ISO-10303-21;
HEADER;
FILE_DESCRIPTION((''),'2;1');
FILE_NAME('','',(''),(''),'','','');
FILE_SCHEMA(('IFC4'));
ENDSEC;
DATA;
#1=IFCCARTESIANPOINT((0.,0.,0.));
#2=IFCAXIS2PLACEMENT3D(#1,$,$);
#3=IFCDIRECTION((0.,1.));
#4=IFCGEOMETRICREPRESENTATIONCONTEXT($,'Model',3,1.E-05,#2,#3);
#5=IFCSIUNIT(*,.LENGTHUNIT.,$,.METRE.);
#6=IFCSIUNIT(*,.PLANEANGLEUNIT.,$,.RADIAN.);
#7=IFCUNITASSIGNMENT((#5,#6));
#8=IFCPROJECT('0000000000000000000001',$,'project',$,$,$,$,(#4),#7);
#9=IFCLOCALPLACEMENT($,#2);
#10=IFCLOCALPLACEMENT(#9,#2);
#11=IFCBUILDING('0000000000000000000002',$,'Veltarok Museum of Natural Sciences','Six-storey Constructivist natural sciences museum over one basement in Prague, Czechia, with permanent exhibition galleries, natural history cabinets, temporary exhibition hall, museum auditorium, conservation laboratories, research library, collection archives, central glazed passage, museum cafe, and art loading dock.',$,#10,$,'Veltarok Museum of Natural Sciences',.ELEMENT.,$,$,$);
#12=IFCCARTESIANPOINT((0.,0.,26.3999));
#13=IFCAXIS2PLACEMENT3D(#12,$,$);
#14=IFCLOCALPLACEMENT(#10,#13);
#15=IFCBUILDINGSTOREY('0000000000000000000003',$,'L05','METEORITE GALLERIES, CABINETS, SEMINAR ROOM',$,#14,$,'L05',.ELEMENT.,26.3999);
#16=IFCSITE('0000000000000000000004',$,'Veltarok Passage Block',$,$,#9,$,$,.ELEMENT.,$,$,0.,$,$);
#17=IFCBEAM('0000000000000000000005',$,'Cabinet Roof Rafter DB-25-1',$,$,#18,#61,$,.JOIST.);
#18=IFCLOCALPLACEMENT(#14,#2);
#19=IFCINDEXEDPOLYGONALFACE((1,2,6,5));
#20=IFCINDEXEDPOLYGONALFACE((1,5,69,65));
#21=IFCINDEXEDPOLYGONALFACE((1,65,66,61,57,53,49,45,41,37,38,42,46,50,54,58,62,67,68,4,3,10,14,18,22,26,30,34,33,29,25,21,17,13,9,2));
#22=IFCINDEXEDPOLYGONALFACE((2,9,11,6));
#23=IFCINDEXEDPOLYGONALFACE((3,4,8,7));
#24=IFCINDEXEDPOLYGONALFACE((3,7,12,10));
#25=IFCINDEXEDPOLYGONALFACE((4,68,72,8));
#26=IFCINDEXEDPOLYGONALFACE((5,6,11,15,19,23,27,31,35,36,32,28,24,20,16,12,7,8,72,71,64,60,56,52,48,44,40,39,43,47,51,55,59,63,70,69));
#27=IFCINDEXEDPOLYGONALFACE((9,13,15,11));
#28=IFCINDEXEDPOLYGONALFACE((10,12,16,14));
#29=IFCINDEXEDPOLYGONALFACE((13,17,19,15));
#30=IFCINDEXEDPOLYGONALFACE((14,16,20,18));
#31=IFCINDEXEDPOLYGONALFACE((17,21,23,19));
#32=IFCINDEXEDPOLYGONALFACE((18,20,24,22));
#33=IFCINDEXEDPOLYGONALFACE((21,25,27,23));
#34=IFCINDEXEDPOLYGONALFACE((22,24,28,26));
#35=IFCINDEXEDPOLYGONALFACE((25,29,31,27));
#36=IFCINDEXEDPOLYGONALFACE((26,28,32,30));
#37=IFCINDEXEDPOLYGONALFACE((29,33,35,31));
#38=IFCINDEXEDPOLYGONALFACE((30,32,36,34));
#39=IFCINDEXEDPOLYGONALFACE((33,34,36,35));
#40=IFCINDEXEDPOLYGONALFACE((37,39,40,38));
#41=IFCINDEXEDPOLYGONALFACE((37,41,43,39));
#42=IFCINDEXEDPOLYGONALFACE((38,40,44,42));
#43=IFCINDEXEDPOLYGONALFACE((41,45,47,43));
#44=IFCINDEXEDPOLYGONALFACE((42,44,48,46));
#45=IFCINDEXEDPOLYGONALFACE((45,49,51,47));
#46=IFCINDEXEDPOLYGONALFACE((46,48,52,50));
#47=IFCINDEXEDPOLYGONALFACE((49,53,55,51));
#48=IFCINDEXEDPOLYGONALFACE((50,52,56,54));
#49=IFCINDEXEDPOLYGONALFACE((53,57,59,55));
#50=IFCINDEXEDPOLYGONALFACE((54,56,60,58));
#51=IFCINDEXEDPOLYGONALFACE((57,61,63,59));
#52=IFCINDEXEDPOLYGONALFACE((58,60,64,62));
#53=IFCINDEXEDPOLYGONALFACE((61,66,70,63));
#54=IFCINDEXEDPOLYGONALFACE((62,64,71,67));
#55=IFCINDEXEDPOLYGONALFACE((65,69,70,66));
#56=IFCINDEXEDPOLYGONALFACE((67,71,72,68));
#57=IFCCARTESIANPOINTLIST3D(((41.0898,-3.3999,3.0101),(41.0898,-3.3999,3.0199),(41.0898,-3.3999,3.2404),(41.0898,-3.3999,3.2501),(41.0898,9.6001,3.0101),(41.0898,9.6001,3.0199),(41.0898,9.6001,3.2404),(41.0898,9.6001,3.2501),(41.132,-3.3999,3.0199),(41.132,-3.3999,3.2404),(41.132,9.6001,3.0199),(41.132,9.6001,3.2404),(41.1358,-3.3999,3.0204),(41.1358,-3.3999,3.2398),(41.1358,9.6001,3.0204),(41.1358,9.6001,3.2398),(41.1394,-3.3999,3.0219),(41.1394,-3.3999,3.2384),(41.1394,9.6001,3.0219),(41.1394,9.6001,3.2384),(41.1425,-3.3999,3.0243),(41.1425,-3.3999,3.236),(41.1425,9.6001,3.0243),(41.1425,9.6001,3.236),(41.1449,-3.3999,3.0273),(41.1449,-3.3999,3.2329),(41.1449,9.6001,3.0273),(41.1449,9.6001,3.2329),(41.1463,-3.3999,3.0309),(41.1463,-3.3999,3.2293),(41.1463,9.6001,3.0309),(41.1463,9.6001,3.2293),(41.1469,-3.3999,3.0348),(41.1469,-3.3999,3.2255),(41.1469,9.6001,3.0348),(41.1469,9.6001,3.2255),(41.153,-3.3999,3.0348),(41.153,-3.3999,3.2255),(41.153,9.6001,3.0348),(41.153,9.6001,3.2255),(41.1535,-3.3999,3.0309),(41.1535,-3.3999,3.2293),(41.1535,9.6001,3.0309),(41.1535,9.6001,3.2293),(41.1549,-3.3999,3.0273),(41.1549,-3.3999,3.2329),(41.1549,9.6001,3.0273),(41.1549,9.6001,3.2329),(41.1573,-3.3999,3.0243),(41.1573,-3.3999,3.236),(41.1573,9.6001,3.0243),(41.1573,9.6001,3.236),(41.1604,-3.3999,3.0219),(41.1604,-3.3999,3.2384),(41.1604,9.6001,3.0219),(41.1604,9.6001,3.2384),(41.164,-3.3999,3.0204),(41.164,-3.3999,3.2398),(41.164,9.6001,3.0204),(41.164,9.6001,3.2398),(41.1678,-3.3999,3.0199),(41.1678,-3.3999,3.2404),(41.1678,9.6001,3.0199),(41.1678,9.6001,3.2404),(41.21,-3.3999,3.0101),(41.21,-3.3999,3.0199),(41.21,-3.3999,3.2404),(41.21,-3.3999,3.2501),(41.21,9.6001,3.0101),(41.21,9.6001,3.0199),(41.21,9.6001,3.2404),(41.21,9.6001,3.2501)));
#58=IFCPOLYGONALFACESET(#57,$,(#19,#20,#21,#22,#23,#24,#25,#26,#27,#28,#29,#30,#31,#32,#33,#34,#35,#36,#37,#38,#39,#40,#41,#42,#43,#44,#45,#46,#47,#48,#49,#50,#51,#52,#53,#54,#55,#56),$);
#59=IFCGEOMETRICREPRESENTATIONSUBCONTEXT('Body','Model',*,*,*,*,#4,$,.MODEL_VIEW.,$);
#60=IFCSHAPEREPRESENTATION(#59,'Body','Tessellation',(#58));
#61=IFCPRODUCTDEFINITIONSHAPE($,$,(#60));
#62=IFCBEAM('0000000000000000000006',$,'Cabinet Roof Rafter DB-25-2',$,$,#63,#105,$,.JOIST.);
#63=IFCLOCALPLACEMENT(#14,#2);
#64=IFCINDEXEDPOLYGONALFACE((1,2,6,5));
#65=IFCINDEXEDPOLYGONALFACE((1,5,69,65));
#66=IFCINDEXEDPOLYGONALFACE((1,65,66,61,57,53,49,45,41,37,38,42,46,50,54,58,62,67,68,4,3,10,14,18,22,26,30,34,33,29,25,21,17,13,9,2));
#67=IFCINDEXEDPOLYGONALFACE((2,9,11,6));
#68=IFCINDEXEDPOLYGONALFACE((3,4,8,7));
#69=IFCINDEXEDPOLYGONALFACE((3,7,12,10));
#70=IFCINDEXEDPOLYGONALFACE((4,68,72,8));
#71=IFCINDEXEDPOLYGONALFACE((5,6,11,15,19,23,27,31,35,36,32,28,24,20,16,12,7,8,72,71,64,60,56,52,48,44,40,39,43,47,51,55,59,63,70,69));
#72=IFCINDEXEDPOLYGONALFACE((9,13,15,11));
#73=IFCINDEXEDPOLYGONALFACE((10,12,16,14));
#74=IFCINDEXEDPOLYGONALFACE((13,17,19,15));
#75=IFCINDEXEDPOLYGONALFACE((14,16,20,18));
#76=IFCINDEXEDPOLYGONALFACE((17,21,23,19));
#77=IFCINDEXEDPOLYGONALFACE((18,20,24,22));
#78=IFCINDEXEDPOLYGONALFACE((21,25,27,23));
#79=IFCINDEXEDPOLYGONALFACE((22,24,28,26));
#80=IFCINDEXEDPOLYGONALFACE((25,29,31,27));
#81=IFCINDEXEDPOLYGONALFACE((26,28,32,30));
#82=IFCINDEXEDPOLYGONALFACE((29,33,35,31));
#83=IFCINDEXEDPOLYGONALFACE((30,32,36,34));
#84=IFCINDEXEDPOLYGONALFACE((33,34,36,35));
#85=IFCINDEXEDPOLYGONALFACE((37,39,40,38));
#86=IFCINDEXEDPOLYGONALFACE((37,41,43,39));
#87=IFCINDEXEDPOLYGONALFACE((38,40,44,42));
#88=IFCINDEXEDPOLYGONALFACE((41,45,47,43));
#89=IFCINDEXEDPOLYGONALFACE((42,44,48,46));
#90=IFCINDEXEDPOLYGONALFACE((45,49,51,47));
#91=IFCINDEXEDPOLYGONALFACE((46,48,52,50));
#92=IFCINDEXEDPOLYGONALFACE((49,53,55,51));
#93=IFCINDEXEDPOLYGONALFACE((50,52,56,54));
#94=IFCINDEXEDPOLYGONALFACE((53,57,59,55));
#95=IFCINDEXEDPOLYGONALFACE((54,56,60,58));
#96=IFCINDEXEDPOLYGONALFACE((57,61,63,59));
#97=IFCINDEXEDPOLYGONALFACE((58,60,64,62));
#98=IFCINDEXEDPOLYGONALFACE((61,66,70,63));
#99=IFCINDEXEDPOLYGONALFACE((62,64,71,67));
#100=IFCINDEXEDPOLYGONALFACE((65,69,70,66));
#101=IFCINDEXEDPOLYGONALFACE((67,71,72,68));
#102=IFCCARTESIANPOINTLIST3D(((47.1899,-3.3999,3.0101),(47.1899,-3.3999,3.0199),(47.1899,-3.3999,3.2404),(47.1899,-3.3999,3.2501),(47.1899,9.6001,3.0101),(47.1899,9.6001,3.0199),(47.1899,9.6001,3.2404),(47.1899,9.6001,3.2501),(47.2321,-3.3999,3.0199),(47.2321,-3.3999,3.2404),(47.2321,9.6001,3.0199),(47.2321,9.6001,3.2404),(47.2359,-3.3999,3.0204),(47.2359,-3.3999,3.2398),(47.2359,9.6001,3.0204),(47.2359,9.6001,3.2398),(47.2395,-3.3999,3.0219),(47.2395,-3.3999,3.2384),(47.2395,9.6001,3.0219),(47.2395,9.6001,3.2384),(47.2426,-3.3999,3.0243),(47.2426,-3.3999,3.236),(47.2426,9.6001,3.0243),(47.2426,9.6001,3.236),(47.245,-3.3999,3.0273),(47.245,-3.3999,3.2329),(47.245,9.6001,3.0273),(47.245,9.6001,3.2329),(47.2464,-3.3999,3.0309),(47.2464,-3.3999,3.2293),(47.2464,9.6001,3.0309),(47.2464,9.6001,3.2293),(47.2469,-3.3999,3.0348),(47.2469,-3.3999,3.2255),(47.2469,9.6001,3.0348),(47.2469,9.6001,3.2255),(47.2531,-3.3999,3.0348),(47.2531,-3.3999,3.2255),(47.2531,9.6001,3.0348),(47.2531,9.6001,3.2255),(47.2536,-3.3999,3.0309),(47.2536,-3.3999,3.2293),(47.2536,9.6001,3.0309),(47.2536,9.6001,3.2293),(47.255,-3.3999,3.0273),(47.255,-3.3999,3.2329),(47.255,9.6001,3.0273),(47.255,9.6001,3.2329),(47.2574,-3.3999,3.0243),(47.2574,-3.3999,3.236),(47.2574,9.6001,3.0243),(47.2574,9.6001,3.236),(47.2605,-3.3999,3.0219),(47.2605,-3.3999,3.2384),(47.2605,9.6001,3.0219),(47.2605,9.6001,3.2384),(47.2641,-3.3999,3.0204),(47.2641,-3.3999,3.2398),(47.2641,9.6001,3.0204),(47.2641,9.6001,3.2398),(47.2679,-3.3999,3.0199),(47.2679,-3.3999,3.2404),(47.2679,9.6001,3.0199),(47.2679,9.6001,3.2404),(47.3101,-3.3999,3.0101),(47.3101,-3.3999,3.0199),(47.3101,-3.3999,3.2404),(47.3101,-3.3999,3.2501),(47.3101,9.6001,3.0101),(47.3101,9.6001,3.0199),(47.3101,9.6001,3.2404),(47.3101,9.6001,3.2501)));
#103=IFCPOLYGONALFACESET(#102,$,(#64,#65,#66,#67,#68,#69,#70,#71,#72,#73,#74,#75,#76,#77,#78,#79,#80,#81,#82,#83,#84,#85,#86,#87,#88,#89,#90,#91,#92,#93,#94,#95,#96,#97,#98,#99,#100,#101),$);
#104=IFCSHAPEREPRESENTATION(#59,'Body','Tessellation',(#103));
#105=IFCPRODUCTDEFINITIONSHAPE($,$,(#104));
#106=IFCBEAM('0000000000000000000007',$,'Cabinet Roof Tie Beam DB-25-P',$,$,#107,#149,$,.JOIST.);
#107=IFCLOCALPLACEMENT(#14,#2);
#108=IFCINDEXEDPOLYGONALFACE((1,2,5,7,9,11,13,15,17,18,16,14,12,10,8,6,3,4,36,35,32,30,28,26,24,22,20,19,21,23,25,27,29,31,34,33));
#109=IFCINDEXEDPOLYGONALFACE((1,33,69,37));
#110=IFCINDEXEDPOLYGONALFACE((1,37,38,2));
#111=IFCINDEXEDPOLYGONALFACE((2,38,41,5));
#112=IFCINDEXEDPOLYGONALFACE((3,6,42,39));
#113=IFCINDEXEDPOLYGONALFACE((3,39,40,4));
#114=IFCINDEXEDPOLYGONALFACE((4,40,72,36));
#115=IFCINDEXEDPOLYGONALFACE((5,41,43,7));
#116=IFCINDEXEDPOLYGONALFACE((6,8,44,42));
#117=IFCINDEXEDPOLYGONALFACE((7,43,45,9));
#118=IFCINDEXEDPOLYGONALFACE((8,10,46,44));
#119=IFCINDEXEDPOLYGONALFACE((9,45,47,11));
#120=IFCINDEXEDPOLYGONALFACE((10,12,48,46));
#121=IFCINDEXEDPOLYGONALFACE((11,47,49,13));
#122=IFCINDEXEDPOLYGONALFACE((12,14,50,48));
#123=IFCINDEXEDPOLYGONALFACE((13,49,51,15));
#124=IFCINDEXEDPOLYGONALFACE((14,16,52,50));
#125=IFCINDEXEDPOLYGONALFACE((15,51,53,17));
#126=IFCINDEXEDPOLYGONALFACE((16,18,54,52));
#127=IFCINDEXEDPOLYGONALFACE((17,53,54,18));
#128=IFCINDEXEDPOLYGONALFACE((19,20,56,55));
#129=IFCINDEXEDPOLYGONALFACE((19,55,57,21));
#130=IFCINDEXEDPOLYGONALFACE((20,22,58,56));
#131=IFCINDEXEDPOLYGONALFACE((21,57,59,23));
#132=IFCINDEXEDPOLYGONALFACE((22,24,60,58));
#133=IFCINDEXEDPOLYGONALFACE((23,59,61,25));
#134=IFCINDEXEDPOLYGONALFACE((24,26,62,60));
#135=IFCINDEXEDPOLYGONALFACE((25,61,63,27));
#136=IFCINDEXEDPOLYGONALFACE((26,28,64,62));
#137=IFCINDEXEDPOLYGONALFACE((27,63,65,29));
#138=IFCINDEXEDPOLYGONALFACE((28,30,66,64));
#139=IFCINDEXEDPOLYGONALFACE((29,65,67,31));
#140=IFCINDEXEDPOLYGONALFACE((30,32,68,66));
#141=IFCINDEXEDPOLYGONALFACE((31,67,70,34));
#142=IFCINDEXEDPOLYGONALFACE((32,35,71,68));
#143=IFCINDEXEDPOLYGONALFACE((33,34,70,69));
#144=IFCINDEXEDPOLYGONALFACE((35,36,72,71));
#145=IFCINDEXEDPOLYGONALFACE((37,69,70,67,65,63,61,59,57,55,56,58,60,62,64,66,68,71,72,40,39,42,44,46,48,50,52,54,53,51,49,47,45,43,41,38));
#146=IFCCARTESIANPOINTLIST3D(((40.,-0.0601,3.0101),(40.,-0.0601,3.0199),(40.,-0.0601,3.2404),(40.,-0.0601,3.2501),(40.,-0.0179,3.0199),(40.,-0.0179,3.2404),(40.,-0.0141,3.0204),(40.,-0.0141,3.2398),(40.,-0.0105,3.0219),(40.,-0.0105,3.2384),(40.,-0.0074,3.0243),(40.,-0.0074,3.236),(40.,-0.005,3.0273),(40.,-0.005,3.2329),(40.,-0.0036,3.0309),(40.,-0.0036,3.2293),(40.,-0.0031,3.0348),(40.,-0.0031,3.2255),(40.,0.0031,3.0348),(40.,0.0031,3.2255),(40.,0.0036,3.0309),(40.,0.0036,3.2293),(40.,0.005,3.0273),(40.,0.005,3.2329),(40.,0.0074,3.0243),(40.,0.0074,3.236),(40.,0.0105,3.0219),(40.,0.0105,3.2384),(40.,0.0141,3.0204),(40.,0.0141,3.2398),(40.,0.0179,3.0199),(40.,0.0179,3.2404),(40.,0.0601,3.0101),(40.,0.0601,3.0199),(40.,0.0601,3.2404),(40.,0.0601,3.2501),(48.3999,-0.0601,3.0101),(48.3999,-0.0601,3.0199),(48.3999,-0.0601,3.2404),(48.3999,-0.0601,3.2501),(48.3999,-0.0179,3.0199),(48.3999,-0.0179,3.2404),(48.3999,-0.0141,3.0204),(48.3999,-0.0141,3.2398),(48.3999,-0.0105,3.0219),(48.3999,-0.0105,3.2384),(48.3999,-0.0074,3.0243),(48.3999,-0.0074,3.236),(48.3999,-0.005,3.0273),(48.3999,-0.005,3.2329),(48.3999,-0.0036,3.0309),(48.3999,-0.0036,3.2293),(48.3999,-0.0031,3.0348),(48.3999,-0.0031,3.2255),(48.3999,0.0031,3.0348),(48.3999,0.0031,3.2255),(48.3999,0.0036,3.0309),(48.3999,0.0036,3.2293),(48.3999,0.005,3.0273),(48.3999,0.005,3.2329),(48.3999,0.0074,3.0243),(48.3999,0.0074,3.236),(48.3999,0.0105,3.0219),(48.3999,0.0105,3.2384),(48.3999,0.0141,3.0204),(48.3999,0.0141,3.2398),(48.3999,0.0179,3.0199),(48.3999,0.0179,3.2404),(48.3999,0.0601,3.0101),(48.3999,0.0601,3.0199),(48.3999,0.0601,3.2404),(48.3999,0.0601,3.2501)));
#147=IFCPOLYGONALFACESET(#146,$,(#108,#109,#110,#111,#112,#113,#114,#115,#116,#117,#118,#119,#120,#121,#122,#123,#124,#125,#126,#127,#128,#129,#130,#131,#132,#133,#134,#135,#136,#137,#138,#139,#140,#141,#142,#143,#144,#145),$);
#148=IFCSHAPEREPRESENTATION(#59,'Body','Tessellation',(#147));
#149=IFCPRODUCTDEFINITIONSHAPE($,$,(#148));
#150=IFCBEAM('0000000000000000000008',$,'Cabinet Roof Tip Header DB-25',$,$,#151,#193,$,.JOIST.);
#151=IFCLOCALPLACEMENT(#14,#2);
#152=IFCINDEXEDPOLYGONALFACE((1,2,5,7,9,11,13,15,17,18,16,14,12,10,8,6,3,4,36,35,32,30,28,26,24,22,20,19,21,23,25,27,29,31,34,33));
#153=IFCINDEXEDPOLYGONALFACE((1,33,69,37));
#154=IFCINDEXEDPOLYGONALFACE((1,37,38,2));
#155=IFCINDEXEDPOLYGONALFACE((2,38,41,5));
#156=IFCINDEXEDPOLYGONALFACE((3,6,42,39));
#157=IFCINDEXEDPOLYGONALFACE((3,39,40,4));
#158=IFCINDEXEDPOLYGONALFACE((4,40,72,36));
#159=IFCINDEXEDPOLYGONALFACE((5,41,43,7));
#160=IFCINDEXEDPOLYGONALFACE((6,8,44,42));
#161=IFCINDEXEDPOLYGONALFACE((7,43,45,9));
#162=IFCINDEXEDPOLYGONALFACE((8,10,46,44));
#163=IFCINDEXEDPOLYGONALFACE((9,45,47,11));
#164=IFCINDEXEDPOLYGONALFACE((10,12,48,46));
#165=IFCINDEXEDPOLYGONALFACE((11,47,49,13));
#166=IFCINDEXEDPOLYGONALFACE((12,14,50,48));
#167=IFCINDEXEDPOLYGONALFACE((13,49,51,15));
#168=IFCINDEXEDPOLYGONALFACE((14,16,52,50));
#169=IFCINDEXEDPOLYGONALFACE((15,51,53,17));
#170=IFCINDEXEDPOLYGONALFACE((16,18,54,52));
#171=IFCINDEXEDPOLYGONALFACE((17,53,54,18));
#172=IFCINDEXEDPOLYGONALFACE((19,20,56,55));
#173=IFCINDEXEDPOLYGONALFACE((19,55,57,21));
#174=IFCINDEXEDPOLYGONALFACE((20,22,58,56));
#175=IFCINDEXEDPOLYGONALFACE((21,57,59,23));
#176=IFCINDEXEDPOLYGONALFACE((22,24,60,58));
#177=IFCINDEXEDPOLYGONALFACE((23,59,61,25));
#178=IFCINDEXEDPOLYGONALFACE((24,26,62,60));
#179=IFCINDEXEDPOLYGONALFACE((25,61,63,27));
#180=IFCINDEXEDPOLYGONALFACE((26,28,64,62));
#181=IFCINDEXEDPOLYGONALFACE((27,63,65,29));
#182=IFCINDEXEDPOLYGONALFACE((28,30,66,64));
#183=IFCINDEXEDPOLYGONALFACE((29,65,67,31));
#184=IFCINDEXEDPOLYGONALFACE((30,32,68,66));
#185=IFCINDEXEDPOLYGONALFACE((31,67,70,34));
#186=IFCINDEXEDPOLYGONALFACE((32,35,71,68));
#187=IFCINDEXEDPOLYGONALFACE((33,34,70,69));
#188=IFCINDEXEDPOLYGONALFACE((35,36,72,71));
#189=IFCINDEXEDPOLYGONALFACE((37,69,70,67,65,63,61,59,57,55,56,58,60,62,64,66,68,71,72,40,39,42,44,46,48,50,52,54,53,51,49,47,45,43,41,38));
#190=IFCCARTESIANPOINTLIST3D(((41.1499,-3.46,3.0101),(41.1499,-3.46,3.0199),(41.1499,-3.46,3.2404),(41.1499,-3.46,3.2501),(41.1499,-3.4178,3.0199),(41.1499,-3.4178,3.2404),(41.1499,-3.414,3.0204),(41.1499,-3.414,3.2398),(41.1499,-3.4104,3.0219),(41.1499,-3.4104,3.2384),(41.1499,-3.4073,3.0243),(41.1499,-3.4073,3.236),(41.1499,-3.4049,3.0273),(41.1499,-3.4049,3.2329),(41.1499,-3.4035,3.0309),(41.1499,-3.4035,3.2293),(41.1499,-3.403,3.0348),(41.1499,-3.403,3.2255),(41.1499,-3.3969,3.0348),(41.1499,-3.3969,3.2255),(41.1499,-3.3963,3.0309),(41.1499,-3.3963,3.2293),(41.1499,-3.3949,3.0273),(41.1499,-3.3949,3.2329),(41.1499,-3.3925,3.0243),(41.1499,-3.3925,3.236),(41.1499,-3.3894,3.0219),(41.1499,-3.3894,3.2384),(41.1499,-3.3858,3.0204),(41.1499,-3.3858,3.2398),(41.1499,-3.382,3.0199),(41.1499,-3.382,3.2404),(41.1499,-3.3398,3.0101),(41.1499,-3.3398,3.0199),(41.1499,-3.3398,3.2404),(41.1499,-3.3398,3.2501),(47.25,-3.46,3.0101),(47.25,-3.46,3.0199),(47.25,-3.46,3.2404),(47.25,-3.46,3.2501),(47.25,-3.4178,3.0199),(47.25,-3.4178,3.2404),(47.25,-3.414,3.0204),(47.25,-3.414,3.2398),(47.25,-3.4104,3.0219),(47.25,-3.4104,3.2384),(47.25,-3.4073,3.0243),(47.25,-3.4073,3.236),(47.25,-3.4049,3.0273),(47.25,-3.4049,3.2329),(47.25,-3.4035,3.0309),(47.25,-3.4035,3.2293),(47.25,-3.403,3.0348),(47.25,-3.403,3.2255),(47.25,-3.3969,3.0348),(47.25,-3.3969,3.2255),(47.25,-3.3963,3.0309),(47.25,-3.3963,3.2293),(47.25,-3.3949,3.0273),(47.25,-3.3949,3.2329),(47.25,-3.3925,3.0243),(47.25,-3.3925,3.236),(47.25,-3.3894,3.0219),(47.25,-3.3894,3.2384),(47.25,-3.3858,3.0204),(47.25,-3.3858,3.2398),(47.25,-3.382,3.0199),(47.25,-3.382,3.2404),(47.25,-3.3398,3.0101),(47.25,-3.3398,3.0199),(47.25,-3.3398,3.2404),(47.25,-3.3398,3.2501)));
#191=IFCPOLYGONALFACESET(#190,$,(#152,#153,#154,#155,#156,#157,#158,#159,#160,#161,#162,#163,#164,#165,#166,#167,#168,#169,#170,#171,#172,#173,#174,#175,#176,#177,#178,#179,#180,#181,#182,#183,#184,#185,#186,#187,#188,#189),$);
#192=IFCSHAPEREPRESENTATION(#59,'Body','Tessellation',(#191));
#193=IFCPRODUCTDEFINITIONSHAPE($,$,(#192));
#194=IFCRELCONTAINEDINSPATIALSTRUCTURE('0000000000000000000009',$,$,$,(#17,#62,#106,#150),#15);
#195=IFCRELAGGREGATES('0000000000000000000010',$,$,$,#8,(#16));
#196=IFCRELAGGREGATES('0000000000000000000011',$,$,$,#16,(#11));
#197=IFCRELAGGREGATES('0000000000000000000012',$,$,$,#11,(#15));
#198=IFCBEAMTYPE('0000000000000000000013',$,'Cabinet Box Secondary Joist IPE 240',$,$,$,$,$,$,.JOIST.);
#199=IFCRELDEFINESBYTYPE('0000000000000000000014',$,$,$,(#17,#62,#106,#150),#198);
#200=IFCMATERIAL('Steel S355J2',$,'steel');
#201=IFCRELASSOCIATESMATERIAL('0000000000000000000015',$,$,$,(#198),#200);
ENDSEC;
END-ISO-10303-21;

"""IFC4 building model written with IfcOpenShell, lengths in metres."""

from ifc_helpers import new_model, si_unit, direction, frame, origin, origin_2d, place, context, subcontext, project, spatial, i_section, extrude, material, material_profile, profile_set, type_object, element, save


model = new_model("IFC4")

# Units and contexts
model_context = context("Model", 3, precision=1e-05, world=origin(), true_north=direction((0.0, 1.0)))
body_context = subcontext(model_context, "Body", "Model", "MODEL_VIEW")
ifc_project = project(units=[si_unit("LENGTHUNIT", "METRE"), si_unit("PLANEANGLEUNIT", "RADIAN")], contexts=[model_context])

# Site, building, storey
site_placement = place(None, origin())
site = spatial("IfcSite", under=ifc_project, at=site_placement, Name="Veltarok Passage Block", CompositionType="ELEMENT", RefElevation=0.0)
building_placement = place(site_placement, origin())
building = spatial("IfcBuilding", under=site, at=building_placement, Name="Veltarok Museum of Natural Sciences", Description="Six-storey Constructivist natural sciences museum over one basement in Prague, Czechia, with permanent exhibition galleries, natural history cabinets, temporary exhibition hall, museum auditorium, conservation laboratories, research library, collection archives, central glazed passage, museum cafe, and art loading dock.", LongName="Veltarok Museum of Natural Sciences", CompositionType="ELEMENT")
storey_placement = place(building_placement, frame((0.0, 0.0, 26.3999)))
storey = spatial("IfcBuildingStorey", under=building, at=storey_placement, Name="L05", Description="METEORITE GALLERIES, CABINETS, SEMINAR ROOM", LongName="L05", CompositionType="ELEMENT", Elevation=26.3999)

# Beams
ifc_material_1 = material(Name="Steel S355J2", Category="steel")
ifc_material_profile_1 = material_profile(ifc_material_1, i_section(OverallWidth=0.1201, OverallDepth=0.24, WebThickness=0.0061, FlangeThickness=0.0098, FilletRadius=0.0149, at=origin_2d()), Name="IPE 240")
ifc_profile_set_1 = profile_set([ifc_material_profile_1], Name="Steel S355J2")
beam_type_1 = type_object("IfcBeamType", Name="Cabinet Box Secondary Joist IPE 240", PredefinedType="JOIST", material=ifc_profile_set_1)
for number, where, z_axis, x_axis, name in (
    (1, (41.1499, -3.3999, 3.1301), (0.0, 1.0, 0.0), (-1.0, 0.0, 0.0), "Cabinet Roof Rafter DB-25-1"),
    (2, (47.25, -3.3999, 3.1301), (0.0, 1.0, 0.0), (-1.0, 0.0, 0.0), "Cabinet Roof Rafter DB-25-2"),
):
    element("IfcBeam", number, at=place(storey_placement, frame(where, z_axis=z_axis, x_axis=x_axis)), inside=storey, type_object=beam_type_1, Name=name, PredefinedType="JOIST", context=body_context, shape_type="SweptSolid", body=[
        extrude(i_section(OverallWidth=0.1201, OverallDepth=0.24, WebThickness=0.0061, FlangeThickness=0.0098, FilletRadius=0.0149, at=origin_2d()), origin(), (0.0, 0.0, 1.0), 13.0),
    ])
beam_1_placement = place(storey_placement, frame((40.0, 0.0, 3.1301), z_axis=(1.0, 0.0, 0.0), x_axis=(0.0, 1.0, 0.0)))
element("IfcBeam", 3, at=beam_1_placement, inside=storey, type_object=beam_type_1, Name="Cabinet Roof Tie Beam DB-25-P", PredefinedType="JOIST", context=body_context, shape_type="SweptSolid", body=[
    extrude(i_section(OverallWidth=0.1201, OverallDepth=0.24, WebThickness=0.0061, FlangeThickness=0.0098, FilletRadius=0.0149, at=origin_2d()), origin(), (0.0, 0.0, 1.0), 8.3999),
])
for number, where, z_axis, x_axis, name in (
    (4, (41.1499, -3.3999, 3.1301), (1.0, 0.0, 0.0), (0.0, 1.0, 0.0), "Cabinet Roof Tip Header DB-25"),
):
    element("IfcBeam", number, at=place(storey_placement, frame(where, z_axis=z_axis, x_axis=x_axis)), inside=storey, type_object=beam_type_1, Name=name, PredefinedType="JOIST", context=body_context, shape_type="SweptSolid", body=[
        extrude(i_section(OverallWidth=0.1201, OverallDepth=0.24, WebThickness=0.0061, FlangeThickness=0.0098, FilletRadius=0.0149, at=origin_2d()), origin(), (0.0, 0.0, 1.0), 6.1001),
    ])

save(model, "model.ifc")
